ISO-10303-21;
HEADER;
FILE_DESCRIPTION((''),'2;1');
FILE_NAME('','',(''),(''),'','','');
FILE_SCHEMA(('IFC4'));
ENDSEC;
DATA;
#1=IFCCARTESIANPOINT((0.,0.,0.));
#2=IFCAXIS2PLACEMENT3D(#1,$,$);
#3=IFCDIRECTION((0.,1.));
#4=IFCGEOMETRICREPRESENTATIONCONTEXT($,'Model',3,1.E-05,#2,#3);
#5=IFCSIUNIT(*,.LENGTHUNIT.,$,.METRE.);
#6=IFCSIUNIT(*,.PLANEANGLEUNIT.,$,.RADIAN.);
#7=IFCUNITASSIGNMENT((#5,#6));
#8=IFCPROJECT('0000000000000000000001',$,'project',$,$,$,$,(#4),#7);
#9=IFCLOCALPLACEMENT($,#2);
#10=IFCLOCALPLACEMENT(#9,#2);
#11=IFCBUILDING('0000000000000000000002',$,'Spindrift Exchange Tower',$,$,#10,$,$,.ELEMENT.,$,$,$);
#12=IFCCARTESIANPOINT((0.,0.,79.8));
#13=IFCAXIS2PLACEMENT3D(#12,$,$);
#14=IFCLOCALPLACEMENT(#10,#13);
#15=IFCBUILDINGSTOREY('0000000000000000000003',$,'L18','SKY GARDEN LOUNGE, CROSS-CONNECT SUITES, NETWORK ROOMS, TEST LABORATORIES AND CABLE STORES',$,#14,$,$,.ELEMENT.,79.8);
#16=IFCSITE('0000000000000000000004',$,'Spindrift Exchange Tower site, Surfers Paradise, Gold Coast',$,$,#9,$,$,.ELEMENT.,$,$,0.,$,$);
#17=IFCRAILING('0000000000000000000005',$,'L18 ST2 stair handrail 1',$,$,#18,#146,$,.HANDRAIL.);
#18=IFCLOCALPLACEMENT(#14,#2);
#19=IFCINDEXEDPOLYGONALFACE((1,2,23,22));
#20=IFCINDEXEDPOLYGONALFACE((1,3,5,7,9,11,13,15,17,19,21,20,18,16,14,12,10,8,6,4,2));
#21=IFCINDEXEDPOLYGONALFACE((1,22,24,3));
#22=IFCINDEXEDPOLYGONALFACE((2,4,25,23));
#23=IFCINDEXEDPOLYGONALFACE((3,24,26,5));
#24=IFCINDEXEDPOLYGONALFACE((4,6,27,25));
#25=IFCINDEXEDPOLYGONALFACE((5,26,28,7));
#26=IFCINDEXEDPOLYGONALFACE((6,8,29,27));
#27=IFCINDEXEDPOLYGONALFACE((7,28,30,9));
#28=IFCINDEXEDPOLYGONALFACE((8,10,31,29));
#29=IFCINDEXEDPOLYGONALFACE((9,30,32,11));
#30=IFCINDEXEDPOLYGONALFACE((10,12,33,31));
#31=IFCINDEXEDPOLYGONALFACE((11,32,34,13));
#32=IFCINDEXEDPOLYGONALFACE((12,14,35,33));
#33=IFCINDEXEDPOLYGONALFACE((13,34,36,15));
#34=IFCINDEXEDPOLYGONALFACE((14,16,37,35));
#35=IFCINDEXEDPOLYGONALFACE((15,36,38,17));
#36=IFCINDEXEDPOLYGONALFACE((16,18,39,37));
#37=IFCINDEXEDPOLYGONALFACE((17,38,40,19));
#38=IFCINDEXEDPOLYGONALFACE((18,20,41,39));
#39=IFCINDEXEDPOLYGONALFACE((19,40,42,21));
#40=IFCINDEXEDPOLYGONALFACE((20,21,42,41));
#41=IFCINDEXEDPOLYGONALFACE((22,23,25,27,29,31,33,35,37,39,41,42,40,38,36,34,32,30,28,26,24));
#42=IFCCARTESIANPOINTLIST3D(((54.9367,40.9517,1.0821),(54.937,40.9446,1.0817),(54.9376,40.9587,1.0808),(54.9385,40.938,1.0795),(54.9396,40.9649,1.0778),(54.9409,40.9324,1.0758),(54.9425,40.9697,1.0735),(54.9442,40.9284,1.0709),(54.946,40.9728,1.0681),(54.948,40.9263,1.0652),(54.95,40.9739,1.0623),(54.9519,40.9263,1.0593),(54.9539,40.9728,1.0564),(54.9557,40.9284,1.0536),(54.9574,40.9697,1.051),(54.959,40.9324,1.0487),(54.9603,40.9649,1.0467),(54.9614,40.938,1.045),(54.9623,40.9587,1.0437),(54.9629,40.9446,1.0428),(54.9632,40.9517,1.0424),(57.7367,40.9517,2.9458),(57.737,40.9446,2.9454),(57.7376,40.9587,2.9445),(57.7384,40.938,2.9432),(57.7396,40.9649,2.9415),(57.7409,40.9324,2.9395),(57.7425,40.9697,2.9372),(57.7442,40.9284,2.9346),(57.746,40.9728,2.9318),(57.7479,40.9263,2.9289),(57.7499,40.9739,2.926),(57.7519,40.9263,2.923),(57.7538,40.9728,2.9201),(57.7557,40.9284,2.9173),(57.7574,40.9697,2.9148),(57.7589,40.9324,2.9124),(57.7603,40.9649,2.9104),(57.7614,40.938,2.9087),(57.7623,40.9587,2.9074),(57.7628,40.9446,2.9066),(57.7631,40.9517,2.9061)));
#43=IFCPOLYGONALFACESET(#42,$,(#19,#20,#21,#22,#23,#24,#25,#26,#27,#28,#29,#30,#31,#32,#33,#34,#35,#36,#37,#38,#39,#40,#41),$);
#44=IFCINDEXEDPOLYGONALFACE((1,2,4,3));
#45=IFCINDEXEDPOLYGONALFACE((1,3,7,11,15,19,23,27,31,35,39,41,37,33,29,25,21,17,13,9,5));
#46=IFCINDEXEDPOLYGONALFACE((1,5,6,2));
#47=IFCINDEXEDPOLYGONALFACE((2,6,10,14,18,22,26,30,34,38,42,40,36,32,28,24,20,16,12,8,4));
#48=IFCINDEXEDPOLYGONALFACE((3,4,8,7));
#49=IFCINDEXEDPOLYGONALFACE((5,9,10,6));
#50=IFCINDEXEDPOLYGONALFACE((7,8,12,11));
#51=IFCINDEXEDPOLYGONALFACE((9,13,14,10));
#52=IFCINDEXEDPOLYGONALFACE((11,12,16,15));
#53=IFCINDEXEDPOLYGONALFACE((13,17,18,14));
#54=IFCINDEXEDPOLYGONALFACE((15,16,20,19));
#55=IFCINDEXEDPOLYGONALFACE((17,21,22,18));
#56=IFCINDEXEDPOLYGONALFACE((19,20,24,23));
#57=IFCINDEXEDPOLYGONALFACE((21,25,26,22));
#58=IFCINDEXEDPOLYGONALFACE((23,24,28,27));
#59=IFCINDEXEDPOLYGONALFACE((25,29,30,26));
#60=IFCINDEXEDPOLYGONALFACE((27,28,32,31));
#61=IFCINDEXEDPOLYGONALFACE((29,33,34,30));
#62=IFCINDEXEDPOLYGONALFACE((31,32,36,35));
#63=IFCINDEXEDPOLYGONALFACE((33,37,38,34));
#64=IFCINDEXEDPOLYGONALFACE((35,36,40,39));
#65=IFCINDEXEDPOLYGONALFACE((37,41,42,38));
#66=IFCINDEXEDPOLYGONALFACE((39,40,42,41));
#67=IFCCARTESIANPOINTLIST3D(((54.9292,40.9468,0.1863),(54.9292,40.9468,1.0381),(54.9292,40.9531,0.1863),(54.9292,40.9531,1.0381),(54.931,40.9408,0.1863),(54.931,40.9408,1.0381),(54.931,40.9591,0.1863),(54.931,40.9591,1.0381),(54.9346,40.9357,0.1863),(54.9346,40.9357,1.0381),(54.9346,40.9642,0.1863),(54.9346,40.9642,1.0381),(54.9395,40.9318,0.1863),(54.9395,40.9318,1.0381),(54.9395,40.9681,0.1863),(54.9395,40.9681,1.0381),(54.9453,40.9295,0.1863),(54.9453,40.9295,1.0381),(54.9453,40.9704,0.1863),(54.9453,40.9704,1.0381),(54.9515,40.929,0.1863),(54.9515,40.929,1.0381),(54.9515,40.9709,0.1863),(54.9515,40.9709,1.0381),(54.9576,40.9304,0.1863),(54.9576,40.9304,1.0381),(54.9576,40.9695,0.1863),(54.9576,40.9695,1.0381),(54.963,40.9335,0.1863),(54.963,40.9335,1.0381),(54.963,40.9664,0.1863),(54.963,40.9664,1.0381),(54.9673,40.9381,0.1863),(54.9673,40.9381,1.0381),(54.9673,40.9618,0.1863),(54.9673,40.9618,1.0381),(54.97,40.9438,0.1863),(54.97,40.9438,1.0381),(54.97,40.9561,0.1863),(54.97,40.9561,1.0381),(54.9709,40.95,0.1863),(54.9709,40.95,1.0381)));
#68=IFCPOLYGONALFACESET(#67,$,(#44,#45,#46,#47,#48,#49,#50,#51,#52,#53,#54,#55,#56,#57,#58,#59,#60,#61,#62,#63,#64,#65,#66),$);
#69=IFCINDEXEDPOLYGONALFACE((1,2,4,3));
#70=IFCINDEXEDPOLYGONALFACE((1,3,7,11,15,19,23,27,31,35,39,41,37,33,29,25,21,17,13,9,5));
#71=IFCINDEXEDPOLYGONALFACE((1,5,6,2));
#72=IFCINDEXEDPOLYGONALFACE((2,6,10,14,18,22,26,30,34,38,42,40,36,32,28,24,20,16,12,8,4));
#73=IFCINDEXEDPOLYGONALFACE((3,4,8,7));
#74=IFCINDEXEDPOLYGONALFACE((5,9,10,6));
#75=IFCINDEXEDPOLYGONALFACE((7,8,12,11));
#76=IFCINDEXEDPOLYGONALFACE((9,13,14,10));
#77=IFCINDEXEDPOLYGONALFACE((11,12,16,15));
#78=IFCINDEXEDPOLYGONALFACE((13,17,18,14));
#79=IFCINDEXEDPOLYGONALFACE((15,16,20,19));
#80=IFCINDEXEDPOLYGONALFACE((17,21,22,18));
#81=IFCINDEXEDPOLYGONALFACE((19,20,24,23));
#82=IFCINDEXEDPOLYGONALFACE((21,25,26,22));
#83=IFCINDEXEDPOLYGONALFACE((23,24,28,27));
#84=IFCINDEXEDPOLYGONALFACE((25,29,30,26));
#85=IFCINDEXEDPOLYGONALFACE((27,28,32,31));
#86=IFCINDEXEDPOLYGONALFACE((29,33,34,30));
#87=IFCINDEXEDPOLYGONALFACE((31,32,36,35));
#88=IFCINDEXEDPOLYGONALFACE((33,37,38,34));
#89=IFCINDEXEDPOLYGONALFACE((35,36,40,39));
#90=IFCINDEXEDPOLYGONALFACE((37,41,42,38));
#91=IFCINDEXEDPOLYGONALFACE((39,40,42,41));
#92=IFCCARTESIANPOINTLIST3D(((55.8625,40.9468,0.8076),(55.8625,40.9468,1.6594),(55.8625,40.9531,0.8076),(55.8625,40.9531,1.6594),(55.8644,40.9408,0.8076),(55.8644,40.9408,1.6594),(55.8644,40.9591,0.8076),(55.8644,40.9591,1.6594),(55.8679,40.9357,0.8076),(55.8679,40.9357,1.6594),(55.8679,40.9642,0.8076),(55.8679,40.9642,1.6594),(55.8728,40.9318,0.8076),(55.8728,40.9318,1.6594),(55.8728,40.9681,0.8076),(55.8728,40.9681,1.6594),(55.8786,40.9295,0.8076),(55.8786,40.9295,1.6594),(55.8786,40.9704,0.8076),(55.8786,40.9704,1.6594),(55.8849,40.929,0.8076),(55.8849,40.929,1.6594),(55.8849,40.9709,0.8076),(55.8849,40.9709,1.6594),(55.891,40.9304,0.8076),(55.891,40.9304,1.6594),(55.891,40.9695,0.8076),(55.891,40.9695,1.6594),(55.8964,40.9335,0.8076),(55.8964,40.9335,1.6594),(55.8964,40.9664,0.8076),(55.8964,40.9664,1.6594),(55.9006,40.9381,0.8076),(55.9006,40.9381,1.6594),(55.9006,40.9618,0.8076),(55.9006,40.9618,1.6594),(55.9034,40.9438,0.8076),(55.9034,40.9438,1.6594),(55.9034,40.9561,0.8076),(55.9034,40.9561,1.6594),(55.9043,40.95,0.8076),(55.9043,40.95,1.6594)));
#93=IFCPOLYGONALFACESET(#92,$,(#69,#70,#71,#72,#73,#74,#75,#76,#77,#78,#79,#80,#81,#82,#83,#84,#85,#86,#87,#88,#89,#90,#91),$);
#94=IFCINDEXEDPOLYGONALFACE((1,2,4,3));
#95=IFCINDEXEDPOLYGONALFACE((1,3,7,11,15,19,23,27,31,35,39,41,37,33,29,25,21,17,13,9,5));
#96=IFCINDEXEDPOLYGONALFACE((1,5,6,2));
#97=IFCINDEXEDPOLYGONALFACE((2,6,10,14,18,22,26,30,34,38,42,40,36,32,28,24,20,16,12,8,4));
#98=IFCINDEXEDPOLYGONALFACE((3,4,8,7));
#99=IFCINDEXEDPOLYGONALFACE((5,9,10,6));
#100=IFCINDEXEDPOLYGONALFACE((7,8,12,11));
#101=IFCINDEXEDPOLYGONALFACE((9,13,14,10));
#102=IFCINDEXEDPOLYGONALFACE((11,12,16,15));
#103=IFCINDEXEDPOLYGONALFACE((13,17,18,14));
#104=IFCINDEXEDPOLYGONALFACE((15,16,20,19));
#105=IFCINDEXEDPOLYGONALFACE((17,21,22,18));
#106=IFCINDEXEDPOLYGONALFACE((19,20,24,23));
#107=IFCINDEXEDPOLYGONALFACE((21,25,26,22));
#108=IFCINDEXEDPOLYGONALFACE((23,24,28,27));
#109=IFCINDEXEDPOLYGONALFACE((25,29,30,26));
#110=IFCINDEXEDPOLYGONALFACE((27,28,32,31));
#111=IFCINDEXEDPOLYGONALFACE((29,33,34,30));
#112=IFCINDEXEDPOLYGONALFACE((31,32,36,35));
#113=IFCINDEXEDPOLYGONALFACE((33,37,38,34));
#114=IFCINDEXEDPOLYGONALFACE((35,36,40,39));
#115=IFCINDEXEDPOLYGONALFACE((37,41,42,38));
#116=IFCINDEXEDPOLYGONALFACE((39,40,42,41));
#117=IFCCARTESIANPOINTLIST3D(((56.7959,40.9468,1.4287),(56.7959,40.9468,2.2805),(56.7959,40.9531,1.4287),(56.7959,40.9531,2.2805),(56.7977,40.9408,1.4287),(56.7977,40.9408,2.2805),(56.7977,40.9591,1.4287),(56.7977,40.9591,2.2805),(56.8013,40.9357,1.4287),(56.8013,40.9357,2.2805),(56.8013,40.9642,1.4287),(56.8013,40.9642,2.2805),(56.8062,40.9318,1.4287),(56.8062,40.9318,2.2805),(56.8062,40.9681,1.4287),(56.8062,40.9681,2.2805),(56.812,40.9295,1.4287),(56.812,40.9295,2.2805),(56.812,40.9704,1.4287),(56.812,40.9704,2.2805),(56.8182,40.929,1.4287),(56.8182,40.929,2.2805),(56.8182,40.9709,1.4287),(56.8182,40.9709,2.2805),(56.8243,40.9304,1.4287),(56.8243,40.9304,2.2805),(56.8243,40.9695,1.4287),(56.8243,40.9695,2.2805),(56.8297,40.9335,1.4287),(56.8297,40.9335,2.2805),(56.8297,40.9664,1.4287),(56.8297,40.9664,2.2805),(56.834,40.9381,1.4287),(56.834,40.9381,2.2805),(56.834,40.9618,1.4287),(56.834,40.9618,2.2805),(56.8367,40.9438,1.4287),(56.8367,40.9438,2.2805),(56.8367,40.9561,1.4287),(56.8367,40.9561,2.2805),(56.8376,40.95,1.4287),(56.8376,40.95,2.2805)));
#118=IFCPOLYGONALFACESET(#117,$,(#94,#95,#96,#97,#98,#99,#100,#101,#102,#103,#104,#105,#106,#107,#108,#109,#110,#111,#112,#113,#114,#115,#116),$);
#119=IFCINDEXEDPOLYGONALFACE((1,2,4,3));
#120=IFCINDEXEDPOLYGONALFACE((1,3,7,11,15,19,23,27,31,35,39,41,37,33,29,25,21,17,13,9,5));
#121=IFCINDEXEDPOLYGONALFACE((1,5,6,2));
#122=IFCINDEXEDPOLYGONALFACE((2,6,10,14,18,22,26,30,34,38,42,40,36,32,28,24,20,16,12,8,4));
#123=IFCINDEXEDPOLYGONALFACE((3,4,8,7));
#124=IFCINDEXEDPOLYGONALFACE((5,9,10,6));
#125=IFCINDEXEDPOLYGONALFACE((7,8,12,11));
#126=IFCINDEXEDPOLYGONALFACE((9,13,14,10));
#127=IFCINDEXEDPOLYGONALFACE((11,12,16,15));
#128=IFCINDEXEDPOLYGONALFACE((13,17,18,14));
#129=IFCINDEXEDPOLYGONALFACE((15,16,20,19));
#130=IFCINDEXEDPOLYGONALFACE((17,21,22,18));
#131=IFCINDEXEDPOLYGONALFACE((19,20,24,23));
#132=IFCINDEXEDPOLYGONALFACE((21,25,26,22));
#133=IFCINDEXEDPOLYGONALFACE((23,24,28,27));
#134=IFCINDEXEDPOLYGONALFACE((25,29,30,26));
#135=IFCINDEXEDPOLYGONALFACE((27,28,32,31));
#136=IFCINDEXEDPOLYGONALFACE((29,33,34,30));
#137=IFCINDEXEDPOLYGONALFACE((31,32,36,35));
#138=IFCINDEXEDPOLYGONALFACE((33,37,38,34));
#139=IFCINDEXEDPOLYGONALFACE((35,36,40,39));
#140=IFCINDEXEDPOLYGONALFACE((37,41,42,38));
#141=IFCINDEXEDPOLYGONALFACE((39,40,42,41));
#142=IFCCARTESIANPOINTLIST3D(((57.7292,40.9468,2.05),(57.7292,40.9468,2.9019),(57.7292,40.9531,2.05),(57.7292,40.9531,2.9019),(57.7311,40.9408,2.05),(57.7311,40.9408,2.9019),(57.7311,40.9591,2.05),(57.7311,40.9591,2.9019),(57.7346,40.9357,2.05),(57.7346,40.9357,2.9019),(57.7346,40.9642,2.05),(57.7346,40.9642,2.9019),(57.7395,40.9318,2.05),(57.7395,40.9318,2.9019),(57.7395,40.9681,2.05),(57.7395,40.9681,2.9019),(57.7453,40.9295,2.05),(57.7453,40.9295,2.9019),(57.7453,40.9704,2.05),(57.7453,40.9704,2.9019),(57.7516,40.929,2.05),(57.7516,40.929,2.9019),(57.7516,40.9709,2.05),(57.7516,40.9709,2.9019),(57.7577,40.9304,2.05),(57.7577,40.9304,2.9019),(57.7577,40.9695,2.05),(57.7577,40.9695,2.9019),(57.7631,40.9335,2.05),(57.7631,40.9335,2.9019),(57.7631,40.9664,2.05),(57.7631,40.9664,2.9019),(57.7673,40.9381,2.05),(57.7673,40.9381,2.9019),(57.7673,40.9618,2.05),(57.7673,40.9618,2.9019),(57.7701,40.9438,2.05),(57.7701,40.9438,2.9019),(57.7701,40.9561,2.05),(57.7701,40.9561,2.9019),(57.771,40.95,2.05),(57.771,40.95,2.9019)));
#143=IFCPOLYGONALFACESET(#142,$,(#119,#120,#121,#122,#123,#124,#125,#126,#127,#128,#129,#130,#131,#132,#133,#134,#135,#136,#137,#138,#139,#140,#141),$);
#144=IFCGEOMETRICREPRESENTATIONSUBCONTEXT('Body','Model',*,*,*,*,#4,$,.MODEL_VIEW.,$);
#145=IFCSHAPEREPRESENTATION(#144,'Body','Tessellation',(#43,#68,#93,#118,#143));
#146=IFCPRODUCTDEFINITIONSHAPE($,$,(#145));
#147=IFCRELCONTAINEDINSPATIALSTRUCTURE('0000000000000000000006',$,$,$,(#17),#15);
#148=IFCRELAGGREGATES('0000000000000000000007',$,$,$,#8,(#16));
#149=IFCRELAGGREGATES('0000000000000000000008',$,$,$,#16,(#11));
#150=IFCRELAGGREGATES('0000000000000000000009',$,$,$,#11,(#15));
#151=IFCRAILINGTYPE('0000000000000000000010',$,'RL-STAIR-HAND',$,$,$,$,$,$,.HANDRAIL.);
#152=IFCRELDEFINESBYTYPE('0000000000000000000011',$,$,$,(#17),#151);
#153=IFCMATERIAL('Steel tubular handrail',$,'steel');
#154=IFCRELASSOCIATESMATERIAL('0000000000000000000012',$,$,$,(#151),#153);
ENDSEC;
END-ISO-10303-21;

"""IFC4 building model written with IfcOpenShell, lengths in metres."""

from ifc_helpers import new_model, si_unit, direction, frame, origin, origin_2d, place, context, subcontext, project, spatial, circle, extrude, material, type_object, element, save


model = new_model("IFC4")

# Units and contexts
model_context = context("Model", 3, precision=1e-05, world=origin(), true_north=direction((0.0, 1.0)))
body_context = subcontext(model_context, "Body", "Model", "MODEL_VIEW")
ifc_project = project(units=[si_unit("LENGTHUNIT", "METRE"), si_unit("PLANEANGLEUNIT", "RADIAN")], contexts=[model_context])

# Site, building, storey
site_placement = place(None, origin())
site = spatial("IfcSite", under=ifc_project, at=site_placement, Name="Spindrift Exchange Tower site, Surfers Paradise, Gold Coast", CompositionType="ELEMENT", RefElevation=0.0)
building_placement = place(site_placement, origin())
building = spatial("IfcBuilding", under=site, at=building_placement, Name="Spindrift Exchange Tower", CompositionType="ELEMENT")
storey_placement = place(building_placement, frame((0.0, 0.0, 79.8)))
storey = spatial("IfcBuildingStorey", under=building, at=storey_placement, Name="L18", Description="SKY GARDEN LOUNGE, CROSS-CONNECT SUITES, NETWORK ROOMS, TEST LABORATORIES AND CABLE STORES", CompositionType="ELEMENT", Elevation=79.8)

# Railing
ifc_material_1 = material(Name="Steel tubular handrail", Category="steel")
railing_type_1 = type_object("IfcRailingType", Name="RL-STAIR-HAND", PredefinedType="HANDRAIL", material=ifc_material_1)
railing_1_placement = place(storey_placement, frame((54.95, 40.95, 0.1863)))
element("IfcRailing", 1, at=railing_1_placement, inside=storey, type_object=railing_type_1, Name="L18 ST2 stair handrail 1", PredefinedType="HANDRAIL", context=body_context, shape_type="SweptSolid", body=[
    extrude(circle(Radius=0.0239, at=origin_2d()), frame((0.0, 0.0, 0.876), z_axis=(0.832452, 0.0, 0.554097), x_axis=(0.0, 1.0, 0.0)), (0.0, 0.0, 1.0), 3.3635),
    extrude(circle(Radius=0.021, at=origin_2d()), origin(), (0.0, 0.0, 1.0), 0.8518),
    extrude(circle(Radius=0.021, at=origin_2d()), frame((0.9333, 0.0, 0.6213)), (0.0, 0.0, 1.0), 0.8518),
    extrude(circle(Radius=0.021, at=origin_2d()), frame((1.8667, 0.0, 1.2424)), (0.0, 0.0, 1.0), 0.8518),
    extrude(circle(Radius=0.021, at=origin_2d()), frame((2.8, 0.0, 1.8638)), (0.0, 0.0, 1.0), 0.8518),
])

save(model, "model.ifc")
